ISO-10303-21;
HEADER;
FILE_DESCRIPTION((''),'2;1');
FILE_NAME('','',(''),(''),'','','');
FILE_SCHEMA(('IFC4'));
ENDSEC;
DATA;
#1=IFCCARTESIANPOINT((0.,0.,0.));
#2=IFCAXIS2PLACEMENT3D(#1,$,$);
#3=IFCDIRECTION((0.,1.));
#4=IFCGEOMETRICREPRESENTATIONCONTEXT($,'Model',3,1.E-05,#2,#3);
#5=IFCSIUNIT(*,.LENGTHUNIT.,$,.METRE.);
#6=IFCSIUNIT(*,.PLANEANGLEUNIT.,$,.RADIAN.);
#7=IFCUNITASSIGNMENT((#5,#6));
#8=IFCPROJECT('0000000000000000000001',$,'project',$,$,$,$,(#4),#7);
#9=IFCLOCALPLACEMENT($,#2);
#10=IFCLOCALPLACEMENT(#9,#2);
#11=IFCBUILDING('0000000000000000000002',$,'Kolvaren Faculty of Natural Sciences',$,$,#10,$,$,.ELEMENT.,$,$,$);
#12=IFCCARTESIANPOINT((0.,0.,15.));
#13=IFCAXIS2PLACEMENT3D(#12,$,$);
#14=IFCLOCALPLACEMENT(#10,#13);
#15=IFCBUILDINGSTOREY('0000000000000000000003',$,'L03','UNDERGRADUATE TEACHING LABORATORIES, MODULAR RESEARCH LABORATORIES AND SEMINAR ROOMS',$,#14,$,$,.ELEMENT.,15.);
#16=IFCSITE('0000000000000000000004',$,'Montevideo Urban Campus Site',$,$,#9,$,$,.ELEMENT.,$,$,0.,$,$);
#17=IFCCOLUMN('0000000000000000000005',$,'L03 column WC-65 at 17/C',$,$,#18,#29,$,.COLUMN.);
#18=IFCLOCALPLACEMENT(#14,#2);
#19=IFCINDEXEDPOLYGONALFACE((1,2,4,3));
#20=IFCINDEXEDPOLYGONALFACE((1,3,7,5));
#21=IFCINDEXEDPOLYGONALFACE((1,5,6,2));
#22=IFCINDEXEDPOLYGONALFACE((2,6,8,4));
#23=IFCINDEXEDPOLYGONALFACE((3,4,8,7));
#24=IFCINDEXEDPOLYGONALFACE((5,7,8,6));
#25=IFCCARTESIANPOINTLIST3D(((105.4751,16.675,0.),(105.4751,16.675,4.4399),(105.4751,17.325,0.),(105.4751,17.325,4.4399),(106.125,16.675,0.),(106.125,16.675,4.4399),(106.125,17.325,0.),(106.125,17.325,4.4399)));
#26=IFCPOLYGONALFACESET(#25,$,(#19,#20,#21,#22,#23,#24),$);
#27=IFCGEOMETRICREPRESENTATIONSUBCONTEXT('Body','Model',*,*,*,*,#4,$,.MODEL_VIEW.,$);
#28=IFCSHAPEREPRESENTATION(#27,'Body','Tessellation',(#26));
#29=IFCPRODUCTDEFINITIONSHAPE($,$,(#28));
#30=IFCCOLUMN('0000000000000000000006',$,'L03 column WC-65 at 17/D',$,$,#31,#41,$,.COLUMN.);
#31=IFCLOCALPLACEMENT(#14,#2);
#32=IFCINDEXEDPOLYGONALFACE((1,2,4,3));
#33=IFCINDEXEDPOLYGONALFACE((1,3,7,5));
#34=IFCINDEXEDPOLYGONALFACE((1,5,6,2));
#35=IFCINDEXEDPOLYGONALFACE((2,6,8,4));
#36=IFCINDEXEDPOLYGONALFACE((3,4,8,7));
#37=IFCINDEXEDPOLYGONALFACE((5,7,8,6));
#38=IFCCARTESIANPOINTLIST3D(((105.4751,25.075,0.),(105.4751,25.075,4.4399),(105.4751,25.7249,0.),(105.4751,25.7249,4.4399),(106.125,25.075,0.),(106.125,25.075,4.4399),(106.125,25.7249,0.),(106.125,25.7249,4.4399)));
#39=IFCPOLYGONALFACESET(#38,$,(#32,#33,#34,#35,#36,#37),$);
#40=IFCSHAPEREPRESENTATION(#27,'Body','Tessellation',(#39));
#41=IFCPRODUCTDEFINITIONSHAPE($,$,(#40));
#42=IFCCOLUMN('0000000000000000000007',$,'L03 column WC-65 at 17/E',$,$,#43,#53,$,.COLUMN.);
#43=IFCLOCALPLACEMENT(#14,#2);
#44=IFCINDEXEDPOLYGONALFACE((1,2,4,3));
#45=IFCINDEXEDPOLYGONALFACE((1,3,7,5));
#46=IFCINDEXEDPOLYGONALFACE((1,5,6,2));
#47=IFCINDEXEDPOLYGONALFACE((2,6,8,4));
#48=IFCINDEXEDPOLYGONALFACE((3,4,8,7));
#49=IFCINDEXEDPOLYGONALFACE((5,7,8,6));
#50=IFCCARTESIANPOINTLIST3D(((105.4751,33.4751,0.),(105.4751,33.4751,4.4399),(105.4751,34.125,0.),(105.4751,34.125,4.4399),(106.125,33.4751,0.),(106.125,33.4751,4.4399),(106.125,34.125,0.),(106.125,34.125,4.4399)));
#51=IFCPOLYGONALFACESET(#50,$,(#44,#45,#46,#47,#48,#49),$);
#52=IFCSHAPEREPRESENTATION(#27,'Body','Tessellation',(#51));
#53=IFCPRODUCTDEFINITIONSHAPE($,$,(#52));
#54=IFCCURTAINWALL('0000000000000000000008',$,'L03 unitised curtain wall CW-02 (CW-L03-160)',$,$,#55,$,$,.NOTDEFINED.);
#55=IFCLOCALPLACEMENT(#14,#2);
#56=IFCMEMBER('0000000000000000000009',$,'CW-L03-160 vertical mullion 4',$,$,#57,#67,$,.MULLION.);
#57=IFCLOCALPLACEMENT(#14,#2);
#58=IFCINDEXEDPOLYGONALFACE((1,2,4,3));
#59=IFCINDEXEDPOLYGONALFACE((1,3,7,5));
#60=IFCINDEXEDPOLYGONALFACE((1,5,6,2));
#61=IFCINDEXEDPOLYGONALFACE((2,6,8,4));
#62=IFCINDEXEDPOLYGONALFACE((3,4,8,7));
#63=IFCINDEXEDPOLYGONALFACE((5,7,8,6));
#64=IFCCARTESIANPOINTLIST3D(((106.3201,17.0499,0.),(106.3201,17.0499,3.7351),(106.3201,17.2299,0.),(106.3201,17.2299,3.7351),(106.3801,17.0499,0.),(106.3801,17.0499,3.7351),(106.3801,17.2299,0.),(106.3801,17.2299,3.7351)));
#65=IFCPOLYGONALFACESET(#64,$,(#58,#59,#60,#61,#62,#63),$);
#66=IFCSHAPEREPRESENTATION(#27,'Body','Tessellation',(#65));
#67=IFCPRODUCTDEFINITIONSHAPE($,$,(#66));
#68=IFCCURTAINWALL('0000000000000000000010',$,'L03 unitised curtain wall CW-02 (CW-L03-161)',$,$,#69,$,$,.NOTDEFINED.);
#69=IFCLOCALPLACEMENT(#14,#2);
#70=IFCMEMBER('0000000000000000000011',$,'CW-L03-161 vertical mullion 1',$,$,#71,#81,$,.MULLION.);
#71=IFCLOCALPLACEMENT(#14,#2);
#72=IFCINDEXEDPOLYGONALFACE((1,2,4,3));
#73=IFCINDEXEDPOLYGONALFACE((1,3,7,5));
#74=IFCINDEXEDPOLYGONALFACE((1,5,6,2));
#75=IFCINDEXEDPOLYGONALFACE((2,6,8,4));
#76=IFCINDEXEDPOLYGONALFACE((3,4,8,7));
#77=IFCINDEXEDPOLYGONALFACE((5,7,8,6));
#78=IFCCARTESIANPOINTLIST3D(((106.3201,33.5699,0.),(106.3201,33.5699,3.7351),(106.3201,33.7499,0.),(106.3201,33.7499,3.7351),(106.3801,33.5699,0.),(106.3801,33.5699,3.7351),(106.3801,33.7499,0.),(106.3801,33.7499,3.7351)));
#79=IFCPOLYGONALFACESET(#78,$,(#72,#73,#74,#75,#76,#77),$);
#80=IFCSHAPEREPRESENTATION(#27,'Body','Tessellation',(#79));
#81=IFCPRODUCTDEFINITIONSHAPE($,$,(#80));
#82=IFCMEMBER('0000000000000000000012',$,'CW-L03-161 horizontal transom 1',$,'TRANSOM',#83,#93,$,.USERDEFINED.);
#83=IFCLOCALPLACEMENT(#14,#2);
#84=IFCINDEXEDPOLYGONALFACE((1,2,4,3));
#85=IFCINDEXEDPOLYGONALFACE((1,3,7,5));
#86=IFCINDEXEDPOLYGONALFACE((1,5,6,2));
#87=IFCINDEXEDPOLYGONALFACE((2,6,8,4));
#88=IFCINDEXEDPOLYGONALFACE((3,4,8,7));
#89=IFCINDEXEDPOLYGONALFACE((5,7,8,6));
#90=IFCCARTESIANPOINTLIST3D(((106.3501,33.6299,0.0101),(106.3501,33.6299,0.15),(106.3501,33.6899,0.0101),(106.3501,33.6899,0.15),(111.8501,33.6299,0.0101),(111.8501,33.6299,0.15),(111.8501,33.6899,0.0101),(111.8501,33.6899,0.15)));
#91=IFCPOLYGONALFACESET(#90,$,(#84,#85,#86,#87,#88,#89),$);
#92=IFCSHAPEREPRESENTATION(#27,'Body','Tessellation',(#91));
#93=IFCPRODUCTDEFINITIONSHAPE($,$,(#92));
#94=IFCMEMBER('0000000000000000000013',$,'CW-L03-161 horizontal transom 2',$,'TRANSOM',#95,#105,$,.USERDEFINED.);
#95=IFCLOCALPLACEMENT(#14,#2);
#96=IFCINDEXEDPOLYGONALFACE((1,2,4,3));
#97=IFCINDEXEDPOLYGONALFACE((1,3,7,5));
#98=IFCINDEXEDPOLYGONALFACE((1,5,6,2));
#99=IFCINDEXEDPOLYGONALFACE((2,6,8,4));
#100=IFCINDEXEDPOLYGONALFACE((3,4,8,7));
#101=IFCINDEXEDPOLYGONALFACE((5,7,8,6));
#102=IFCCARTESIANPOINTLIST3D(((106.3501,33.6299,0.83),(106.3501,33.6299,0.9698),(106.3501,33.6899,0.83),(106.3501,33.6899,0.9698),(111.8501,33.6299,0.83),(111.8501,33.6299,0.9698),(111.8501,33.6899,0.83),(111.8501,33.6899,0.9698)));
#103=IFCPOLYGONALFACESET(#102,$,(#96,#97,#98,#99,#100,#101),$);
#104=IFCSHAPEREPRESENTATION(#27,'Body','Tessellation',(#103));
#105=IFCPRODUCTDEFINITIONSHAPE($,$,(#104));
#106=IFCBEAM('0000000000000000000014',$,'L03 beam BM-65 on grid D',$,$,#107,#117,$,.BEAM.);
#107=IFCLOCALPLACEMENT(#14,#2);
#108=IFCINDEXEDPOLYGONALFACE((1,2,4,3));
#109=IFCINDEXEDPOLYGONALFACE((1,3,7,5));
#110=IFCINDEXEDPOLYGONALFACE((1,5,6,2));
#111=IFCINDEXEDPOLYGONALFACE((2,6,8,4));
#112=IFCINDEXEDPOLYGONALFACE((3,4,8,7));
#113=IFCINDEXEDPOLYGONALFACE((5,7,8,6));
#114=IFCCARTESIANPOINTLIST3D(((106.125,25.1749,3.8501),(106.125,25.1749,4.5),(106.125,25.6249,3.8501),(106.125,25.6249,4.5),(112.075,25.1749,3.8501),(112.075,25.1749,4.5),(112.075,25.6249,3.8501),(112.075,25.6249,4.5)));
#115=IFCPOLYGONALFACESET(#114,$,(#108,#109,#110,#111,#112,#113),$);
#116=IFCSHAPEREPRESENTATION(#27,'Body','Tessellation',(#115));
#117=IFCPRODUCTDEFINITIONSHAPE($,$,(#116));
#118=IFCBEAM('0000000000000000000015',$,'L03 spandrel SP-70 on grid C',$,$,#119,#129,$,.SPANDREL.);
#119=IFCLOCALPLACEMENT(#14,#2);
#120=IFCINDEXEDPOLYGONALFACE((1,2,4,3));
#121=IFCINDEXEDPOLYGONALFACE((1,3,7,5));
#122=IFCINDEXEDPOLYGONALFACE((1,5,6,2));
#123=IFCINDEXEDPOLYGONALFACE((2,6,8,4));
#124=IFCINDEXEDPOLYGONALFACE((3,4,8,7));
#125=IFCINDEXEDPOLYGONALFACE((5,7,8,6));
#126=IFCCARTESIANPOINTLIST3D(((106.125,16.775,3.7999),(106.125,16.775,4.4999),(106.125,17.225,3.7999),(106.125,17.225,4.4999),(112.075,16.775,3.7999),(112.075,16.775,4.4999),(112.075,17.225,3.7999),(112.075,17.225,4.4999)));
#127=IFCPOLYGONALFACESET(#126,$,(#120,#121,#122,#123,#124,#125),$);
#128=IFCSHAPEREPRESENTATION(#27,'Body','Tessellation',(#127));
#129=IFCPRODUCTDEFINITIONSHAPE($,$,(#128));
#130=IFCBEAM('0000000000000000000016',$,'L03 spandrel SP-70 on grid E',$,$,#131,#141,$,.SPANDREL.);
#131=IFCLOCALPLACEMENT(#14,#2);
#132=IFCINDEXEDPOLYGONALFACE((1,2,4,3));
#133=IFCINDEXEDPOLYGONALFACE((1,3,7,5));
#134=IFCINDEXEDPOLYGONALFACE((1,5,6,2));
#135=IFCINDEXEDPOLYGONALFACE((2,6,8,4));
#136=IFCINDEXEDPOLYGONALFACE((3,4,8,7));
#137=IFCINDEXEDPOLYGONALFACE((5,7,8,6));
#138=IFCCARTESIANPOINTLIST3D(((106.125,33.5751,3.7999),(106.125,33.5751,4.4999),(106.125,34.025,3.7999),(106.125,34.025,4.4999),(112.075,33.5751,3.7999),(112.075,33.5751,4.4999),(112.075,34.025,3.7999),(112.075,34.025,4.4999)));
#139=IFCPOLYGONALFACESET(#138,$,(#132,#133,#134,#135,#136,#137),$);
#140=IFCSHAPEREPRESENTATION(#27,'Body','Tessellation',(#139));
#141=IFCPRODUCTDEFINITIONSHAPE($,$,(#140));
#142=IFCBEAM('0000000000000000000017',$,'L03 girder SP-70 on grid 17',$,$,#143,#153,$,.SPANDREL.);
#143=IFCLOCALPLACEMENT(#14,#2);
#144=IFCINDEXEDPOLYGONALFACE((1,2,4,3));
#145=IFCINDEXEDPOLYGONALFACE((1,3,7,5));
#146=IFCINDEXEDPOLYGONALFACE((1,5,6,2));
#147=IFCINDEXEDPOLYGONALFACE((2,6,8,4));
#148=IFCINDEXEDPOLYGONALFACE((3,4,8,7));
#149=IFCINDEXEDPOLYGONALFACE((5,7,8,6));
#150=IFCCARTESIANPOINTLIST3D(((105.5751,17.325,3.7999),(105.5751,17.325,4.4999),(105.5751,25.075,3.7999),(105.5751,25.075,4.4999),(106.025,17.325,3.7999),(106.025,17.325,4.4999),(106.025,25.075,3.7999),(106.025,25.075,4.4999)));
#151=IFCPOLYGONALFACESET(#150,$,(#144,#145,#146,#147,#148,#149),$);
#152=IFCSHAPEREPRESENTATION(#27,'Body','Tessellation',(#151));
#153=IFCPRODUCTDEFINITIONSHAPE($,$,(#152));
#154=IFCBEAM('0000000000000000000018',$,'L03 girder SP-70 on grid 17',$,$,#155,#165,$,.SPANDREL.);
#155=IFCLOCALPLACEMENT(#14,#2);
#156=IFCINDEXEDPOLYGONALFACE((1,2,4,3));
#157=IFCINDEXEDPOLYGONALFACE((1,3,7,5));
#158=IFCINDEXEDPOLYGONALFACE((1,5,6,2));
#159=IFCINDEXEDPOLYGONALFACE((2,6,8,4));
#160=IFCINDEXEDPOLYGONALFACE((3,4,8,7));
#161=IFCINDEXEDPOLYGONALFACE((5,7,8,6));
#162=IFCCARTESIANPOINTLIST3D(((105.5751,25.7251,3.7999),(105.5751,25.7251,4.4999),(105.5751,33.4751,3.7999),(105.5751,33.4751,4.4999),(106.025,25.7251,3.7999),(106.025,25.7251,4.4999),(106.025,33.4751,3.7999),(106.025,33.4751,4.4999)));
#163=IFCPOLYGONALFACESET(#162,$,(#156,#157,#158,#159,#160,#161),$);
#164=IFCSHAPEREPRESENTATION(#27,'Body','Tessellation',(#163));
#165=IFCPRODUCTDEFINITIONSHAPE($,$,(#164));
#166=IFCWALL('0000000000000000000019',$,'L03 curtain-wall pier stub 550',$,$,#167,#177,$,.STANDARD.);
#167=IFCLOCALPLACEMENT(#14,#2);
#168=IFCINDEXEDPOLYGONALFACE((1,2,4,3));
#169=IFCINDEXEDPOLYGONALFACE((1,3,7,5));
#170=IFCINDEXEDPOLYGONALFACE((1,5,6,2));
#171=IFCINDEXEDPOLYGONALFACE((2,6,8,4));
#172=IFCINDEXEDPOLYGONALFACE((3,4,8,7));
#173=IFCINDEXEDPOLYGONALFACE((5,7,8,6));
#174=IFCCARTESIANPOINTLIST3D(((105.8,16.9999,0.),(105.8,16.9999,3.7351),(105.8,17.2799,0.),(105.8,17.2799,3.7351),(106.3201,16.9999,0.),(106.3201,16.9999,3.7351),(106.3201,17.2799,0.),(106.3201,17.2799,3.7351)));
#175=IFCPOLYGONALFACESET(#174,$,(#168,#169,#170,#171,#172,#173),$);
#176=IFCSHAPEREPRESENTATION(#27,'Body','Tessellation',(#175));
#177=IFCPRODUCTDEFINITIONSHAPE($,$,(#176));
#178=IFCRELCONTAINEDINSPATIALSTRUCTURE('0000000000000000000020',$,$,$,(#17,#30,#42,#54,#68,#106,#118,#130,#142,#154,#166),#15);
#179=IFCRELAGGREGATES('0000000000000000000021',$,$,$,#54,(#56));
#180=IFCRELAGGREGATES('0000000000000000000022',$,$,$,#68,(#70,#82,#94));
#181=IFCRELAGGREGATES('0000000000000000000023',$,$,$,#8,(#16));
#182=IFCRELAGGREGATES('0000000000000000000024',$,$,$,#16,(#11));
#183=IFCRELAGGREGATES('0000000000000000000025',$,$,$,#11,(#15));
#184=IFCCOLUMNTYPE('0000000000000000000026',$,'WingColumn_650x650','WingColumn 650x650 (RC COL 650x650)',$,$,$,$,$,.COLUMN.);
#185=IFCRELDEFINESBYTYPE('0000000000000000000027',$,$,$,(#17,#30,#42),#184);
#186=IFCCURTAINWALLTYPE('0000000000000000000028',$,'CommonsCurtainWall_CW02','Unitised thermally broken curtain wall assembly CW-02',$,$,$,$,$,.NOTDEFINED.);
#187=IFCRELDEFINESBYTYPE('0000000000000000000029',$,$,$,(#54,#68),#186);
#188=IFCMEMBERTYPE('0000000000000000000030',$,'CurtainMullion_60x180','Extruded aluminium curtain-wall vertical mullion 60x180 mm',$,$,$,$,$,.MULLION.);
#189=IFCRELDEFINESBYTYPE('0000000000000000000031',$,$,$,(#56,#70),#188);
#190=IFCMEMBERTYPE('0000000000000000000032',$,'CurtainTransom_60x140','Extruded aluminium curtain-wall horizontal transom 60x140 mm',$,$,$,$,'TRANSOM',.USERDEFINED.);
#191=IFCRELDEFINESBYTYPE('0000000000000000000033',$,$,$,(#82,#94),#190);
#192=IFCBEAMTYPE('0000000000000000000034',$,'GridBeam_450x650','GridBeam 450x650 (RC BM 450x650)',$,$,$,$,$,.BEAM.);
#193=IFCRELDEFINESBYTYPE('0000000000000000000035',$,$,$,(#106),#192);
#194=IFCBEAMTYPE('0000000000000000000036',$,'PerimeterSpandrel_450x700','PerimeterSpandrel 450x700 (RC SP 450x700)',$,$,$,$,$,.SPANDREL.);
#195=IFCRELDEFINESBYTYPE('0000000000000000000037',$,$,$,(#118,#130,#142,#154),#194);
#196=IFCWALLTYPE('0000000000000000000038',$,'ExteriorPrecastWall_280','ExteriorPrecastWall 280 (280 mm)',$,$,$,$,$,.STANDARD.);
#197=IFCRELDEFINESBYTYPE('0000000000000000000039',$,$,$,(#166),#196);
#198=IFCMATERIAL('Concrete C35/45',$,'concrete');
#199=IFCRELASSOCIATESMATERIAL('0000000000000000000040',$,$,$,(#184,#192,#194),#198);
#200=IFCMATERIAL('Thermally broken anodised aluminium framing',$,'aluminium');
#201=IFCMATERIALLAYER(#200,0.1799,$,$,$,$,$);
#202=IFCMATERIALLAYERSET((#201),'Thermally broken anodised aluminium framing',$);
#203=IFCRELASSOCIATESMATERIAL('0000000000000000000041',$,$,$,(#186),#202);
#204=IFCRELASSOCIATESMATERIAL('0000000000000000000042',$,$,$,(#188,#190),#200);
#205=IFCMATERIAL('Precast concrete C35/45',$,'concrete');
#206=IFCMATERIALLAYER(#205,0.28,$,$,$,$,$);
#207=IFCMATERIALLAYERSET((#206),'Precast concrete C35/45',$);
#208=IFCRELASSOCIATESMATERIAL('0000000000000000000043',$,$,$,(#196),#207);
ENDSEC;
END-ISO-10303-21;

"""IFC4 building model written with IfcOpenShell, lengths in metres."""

from ifc_helpers import new_model, si_unit, direction, frame, frame_2d, origin, origin_2d, place, context, subcontext, project, spatial, rectangle, extrude, material, layer, layer_set, material_profile, profile_set, type_object, element, aggregate, save


model = new_model("IFC4")

# Units and contexts
model_context = context("Model", 3, precision=1e-05, world=origin(), true_north=direction((0.0, 1.0)))
body_context = subcontext(model_context, "Body", "Model", "MODEL_VIEW")
ifc_project = project(units=[si_unit("LENGTHUNIT", "METRE"), si_unit("PLANEANGLEUNIT", "RADIAN")], contexts=[model_context])

# Site, building, storey
site_placement = place(None, origin())
site = spatial("IfcSite", under=ifc_project, at=site_placement, Name="Montevideo Urban Campus Site", CompositionType="ELEMENT", RefElevation=0.0)
building_placement = place(site_placement, origin())
building = spatial("IfcBuilding", under=site, at=building_placement, Name="Kolvaren Faculty of Natural Sciences", CompositionType="ELEMENT")
storey_placement = place(building_placement, frame((0.0, 0.0, 15.0)))
storey = spatial("IfcBuildingStorey", under=building, at=storey_placement, Name="L03", Description="UNDERGRADUATE TEACHING LABORATORIES, MODULAR RESEARCH LABORATORIES AND SEMINAR ROOMS", CompositionType="ELEMENT", Elevation=15.0)

# Columns
ifc_material_1 = material(Name="Concrete C35/45", Category="concrete")
ifc_material_profile_1 = material_profile(ifc_material_1, rectangle(XDim=0.6499, YDim=0.6499, at=origin_2d()), Name="RC COL 650x650")
ifc_profile_set_1 = profile_set([ifc_material_profile_1], Name="Concrete C35/45")
column_type = type_object("IfcColumnType", Name="WingColumn_650x650", Description="WingColumn 650x650 (RC COL 650x650)", PredefinedType="COLUMN", material=ifc_profile_set_1)
for number, where, z_axis, x_axis, name in (
    (1, (105.8, 17.0, 0.0), (0.0, 0.0, 1.0), (1.0, 0.0, 0.0), "L03 column WC-65 at 17/C"),
    (2, (105.8, 25.3999, 0.0), (0.0, 0.0, 1.0), (1.0, 0.0, 0.0), "L03 column WC-65 at 17/D"),
    (3, (105.8, 33.8, 0.0), (0.0, 0.0, 1.0), (1.0, 0.0, 0.0), "L03 column WC-65 at 17/E"),
):
    element("IfcColumn", number, at=place(storey_placement, frame(where, z_axis=z_axis, x_axis=x_axis)), inside=storey, type_object=column_type, Name=name, PredefinedType="COLUMN", context=body_context, shape_type="SweptSolid", body=[
        extrude(rectangle(XDim=0.6499, YDim=0.6499, at=origin_2d()), origin(), (0.0, 0.0, 1.0), 4.4399),
    ])

# Curtain wall, member
ifc_material_2 = material(Name="Thermally broken anodised aluminium framing", Category="aluminium")
ifc_layer_1 = layer(ifc_material_2, 0.1799)
ifc_layer_set_1 = layer_set([ifc_layer_1], Name="Thermally broken anodised aluminium framing")
curtain_wall_type = type_object("IfcCurtainWallType", Name="CommonsCurtainWall_CW02", Description="Unitised thermally broken curtain wall assembly CW-02", PredefinedType="NOTDEFINED", material=ifc_layer_set_1)
curtain_wall_1_placement = place(storey_placement, origin())
curtain_wall_1 = element("IfcCurtainWall", 4, at=curtain_wall_1_placement, inside=storey, type_object=curtain_wall_type, Name="L03 unitised curtain wall CW-02 (CW-L03-160)", PredefinedType="NOTDEFINED")
ifc_material_profile_2 = material_profile(ifc_material_2, rectangle(XDim=0.0601, YDim=0.1799, at=origin_2d()), Name="ALU MUL 60x180")
ifc_profile_set_2 = profile_set([ifc_material_profile_2], Name="Thermally broken anodised aluminium framing")
member_type_1 = type_object("IfcMemberType", Name="CurtainMullion_60x180", Description="Extruded aluminium curtain-wall vertical mullion 60x180 mm", PredefinedType="MULLION", material=ifc_profile_set_2)
member_1_placement = place(storey_placement, frame((106.3501, 17.1399, 0.0), z_axis=(0.0, 0.0, 1.0), x_axis=(-1.0, 0.0, 0.0)))
member_1 = element("IfcMember", 5, at=member_1_placement, type_object=member_type_1, Name="CW-L03-160 vertical mullion 4", PredefinedType="MULLION", context=body_context, shape_type="SweptSolid", body=[
    extrude(rectangle(XDim=0.0601, YDim=0.1799, at=origin_2d()), origin(), (0.0, 0.0, 1.0), 3.7351),
])
aggregate(curtain_wall_1, [member_1])

# Curtain wall, members
curtain_wall_2_placement = place(storey_placement, origin())
curtain_wall_2 = element("IfcCurtainWall", 6, at=curtain_wall_2_placement, inside=storey, type_object=curtain_wall_type, Name="L03 unitised curtain wall CW-02 (CW-L03-161)", PredefinedType="NOTDEFINED")
member_2_placement = place(storey_placement, frame((106.3501, 33.6599, 0.0), z_axis=(0.0, 0.0, 1.0), x_axis=(1.0, 0.0, 0.0)))
member_2 = element("IfcMember", 7, at=member_2_placement, type_object=member_type_1, Name="CW-L03-161 vertical mullion 1", PredefinedType="MULLION", context=body_context, shape_type="SweptSolid", body=[
    extrude(rectangle(XDim=0.0601, YDim=0.1799, at=origin_2d()), origin(), (0.0, 0.0, 1.0), 3.7351),
])
ifc_material_profile_3 = material_profile(ifc_material_2, rectangle(XDim=0.0601, YDim=0.1399, at=origin_2d()), Name="ALU TRN 60x140")
ifc_profile_set_3 = profile_set([ifc_material_profile_3], Name="Thermally broken anodised aluminium framing")
member_type_2 = type_object("IfcMemberType", Name="CurtainTransom_60x140", Description="Extruded aluminium curtain-wall horizontal transom 60x140 mm", ElementType="TRANSOM", PredefinedType="USERDEFINED", material=ifc_profile_set_3)
member_3_placement = place(storey_placement, frame((106.3501, 33.6599, 0.0801), z_axis=(1.0, 0.0, 0.0), x_axis=(0.0, 1.0, 0.0)))
member_3 = element("IfcMember", 8, at=member_3_placement, type_object=member_type_2, Name="CW-L03-161 horizontal transom 1", ObjectType="TRANSOM", PredefinedType="USERDEFINED", context=body_context, shape_type="SweptSolid", body=[
    extrude(rectangle(XDim=0.0601, YDim=0.1399, at=origin_2d()), origin(), (0.0, 0.0, 1.0), 5.5),
])
member_4_placement = place(storey_placement, frame((106.3501, 33.6599, 0.8999), z_axis=(1.0, 0.0, 0.0), x_axis=(0.0, 1.0, 0.0)))
member_4 = element("IfcMember", 9, at=member_4_placement, type_object=member_type_2, Name="CW-L03-161 horizontal transom 2", ObjectType="TRANSOM", PredefinedType="USERDEFINED", context=body_context, shape_type="SweptSolid", body=[
    extrude(rectangle(XDim=0.0601, YDim=0.1399, at=origin_2d()), origin(), (0.0, 0.0, 1.0), 5.5),
])
aggregate(curtain_wall_2, [member_2, member_3, member_4])

# Beams
ifc_material_profile_4 = material_profile(ifc_material_1, rectangle(XDim=0.45, YDim=0.6499, at=origin_2d()), Name="RC BM 450x650")
ifc_profile_set_4 = profile_set([ifc_material_profile_4], Name="Concrete C35/45")
beam_type_1 = type_object("IfcBeamType", Name="GridBeam_450x650", Description="GridBeam 450x650 (RC BM 450x650)", PredefinedType="BEAM", material=ifc_profile_set_4)
beam_placement = place(storey_placement, frame((106.125, 25.3999, 4.175), z_axis=(1.0, 0.0, 0.0), x_axis=(0.0, 1.0, 0.0)))
element("IfcBeam", 10, at=beam_placement, inside=storey, type_object=beam_type_1, Name="L03 beam BM-65 on grid D", PredefinedType="BEAM", context=body_context, shape_type="SweptSolid", body=[
    extrude(rectangle(XDim=0.45, YDim=0.6499, at=origin_2d()), origin(), (0.0, 0.0, 1.0), 5.95),
])
ifc_material_profile_5 = material_profile(ifc_material_1, rectangle(XDim=0.45, YDim=0.7, at=origin_2d()), Name="RC SP 450x700")
ifc_profile_set_5 = profile_set([ifc_material_profile_5], Name="Concrete C35/45")
beam_type_2 = type_object("IfcBeamType", Name="PerimeterSpandrel_450x700", Description="PerimeterSpandrel 450x700 (RC SP 450x700)", PredefinedType="SPANDREL", material=ifc_profile_set_5)
for number, where, z_axis, x_axis, name in (
    (11, (106.125, 17.0, 4.1499), (1.0, 0.0, 0.0), (0.0, 1.0, 0.0), "L03 spandrel SP-70 on grid C"),
    (12, (106.125, 33.8, 4.1499), (1.0, 0.0, 0.0), (0.0, 1.0, 0.0), "L03 spandrel SP-70 on grid E"),
):
    element("IfcBeam", number, at=place(storey_placement, frame(where, z_axis=z_axis, x_axis=x_axis)), inside=storey, type_object=beam_type_2, Name=name, PredefinedType="SPANDREL", context=body_context, shape_type="SweptSolid", body=[
        extrude(rectangle(XDim=0.45, YDim=0.7, at=origin_2d()), origin(), (0.0, 0.0, 1.0), 5.95),
    ])
for number, where, z_axis, x_axis, name in (
    (13, (105.8, 17.325, 4.1499), (0.0, 1.0, 0.0), (-1.0, 0.0, 0.0), "L03 girder SP-70 on grid 17"),
    (14, (105.8, 25.7251, 4.1499), (0.0, 1.0, 0.0), (-1.0, 0.0, 0.0), "L03 girder SP-70 on grid 17"),
):
    element("IfcBeam", number, at=place(storey_placement, frame(where, z_axis=z_axis, x_axis=x_axis)), inside=storey, type_object=beam_type_2, Name=name, PredefinedType="SPANDREL", context=body_context, shape_type="SweptSolid", body=[
        extrude(rectangle(XDim=0.45, YDim=0.7, at=origin_2d()), origin(), (0.0, 0.0, 1.0), 7.75),
    ])

# Wall
ifc_material_3 = material(Name="Precast concrete C35/45", Category="concrete")
ifc_layer_2 = layer(ifc_material_3, 0.28)
ifc_layer_set_2 = layer_set([ifc_layer_2], Name="Precast concrete C35/45")
wall_type_1 = type_object("IfcWallType", Name="ExteriorPrecastWall_280", Description="ExteriorPrecastWall 280 (280 mm)", PredefinedType="STANDARD", material=ifc_layer_set_2)
wall_1_placement = place(storey_placement, frame((106.3201, 17.1399, 0.0), z_axis=(0.0, 0.0, 1.0), x_axis=(-1.0, 0.0, 0.0)))
element("IfcWall", 15, at=wall_1_placement, inside=storey, type_object=wall_type_1, Name="L03 curtain-wall pier stub 550", PredefinedType="STANDARD", context=body_context, shape_type="SweptSolid", body=[
    extrude(rectangle(XDim=0.52, YDim=0.28, at=frame_2d((0.26, 0.0))), origin(), (0.0, 0.0, 1.0), 3.7351),
])

save(model, "model.ifc")
